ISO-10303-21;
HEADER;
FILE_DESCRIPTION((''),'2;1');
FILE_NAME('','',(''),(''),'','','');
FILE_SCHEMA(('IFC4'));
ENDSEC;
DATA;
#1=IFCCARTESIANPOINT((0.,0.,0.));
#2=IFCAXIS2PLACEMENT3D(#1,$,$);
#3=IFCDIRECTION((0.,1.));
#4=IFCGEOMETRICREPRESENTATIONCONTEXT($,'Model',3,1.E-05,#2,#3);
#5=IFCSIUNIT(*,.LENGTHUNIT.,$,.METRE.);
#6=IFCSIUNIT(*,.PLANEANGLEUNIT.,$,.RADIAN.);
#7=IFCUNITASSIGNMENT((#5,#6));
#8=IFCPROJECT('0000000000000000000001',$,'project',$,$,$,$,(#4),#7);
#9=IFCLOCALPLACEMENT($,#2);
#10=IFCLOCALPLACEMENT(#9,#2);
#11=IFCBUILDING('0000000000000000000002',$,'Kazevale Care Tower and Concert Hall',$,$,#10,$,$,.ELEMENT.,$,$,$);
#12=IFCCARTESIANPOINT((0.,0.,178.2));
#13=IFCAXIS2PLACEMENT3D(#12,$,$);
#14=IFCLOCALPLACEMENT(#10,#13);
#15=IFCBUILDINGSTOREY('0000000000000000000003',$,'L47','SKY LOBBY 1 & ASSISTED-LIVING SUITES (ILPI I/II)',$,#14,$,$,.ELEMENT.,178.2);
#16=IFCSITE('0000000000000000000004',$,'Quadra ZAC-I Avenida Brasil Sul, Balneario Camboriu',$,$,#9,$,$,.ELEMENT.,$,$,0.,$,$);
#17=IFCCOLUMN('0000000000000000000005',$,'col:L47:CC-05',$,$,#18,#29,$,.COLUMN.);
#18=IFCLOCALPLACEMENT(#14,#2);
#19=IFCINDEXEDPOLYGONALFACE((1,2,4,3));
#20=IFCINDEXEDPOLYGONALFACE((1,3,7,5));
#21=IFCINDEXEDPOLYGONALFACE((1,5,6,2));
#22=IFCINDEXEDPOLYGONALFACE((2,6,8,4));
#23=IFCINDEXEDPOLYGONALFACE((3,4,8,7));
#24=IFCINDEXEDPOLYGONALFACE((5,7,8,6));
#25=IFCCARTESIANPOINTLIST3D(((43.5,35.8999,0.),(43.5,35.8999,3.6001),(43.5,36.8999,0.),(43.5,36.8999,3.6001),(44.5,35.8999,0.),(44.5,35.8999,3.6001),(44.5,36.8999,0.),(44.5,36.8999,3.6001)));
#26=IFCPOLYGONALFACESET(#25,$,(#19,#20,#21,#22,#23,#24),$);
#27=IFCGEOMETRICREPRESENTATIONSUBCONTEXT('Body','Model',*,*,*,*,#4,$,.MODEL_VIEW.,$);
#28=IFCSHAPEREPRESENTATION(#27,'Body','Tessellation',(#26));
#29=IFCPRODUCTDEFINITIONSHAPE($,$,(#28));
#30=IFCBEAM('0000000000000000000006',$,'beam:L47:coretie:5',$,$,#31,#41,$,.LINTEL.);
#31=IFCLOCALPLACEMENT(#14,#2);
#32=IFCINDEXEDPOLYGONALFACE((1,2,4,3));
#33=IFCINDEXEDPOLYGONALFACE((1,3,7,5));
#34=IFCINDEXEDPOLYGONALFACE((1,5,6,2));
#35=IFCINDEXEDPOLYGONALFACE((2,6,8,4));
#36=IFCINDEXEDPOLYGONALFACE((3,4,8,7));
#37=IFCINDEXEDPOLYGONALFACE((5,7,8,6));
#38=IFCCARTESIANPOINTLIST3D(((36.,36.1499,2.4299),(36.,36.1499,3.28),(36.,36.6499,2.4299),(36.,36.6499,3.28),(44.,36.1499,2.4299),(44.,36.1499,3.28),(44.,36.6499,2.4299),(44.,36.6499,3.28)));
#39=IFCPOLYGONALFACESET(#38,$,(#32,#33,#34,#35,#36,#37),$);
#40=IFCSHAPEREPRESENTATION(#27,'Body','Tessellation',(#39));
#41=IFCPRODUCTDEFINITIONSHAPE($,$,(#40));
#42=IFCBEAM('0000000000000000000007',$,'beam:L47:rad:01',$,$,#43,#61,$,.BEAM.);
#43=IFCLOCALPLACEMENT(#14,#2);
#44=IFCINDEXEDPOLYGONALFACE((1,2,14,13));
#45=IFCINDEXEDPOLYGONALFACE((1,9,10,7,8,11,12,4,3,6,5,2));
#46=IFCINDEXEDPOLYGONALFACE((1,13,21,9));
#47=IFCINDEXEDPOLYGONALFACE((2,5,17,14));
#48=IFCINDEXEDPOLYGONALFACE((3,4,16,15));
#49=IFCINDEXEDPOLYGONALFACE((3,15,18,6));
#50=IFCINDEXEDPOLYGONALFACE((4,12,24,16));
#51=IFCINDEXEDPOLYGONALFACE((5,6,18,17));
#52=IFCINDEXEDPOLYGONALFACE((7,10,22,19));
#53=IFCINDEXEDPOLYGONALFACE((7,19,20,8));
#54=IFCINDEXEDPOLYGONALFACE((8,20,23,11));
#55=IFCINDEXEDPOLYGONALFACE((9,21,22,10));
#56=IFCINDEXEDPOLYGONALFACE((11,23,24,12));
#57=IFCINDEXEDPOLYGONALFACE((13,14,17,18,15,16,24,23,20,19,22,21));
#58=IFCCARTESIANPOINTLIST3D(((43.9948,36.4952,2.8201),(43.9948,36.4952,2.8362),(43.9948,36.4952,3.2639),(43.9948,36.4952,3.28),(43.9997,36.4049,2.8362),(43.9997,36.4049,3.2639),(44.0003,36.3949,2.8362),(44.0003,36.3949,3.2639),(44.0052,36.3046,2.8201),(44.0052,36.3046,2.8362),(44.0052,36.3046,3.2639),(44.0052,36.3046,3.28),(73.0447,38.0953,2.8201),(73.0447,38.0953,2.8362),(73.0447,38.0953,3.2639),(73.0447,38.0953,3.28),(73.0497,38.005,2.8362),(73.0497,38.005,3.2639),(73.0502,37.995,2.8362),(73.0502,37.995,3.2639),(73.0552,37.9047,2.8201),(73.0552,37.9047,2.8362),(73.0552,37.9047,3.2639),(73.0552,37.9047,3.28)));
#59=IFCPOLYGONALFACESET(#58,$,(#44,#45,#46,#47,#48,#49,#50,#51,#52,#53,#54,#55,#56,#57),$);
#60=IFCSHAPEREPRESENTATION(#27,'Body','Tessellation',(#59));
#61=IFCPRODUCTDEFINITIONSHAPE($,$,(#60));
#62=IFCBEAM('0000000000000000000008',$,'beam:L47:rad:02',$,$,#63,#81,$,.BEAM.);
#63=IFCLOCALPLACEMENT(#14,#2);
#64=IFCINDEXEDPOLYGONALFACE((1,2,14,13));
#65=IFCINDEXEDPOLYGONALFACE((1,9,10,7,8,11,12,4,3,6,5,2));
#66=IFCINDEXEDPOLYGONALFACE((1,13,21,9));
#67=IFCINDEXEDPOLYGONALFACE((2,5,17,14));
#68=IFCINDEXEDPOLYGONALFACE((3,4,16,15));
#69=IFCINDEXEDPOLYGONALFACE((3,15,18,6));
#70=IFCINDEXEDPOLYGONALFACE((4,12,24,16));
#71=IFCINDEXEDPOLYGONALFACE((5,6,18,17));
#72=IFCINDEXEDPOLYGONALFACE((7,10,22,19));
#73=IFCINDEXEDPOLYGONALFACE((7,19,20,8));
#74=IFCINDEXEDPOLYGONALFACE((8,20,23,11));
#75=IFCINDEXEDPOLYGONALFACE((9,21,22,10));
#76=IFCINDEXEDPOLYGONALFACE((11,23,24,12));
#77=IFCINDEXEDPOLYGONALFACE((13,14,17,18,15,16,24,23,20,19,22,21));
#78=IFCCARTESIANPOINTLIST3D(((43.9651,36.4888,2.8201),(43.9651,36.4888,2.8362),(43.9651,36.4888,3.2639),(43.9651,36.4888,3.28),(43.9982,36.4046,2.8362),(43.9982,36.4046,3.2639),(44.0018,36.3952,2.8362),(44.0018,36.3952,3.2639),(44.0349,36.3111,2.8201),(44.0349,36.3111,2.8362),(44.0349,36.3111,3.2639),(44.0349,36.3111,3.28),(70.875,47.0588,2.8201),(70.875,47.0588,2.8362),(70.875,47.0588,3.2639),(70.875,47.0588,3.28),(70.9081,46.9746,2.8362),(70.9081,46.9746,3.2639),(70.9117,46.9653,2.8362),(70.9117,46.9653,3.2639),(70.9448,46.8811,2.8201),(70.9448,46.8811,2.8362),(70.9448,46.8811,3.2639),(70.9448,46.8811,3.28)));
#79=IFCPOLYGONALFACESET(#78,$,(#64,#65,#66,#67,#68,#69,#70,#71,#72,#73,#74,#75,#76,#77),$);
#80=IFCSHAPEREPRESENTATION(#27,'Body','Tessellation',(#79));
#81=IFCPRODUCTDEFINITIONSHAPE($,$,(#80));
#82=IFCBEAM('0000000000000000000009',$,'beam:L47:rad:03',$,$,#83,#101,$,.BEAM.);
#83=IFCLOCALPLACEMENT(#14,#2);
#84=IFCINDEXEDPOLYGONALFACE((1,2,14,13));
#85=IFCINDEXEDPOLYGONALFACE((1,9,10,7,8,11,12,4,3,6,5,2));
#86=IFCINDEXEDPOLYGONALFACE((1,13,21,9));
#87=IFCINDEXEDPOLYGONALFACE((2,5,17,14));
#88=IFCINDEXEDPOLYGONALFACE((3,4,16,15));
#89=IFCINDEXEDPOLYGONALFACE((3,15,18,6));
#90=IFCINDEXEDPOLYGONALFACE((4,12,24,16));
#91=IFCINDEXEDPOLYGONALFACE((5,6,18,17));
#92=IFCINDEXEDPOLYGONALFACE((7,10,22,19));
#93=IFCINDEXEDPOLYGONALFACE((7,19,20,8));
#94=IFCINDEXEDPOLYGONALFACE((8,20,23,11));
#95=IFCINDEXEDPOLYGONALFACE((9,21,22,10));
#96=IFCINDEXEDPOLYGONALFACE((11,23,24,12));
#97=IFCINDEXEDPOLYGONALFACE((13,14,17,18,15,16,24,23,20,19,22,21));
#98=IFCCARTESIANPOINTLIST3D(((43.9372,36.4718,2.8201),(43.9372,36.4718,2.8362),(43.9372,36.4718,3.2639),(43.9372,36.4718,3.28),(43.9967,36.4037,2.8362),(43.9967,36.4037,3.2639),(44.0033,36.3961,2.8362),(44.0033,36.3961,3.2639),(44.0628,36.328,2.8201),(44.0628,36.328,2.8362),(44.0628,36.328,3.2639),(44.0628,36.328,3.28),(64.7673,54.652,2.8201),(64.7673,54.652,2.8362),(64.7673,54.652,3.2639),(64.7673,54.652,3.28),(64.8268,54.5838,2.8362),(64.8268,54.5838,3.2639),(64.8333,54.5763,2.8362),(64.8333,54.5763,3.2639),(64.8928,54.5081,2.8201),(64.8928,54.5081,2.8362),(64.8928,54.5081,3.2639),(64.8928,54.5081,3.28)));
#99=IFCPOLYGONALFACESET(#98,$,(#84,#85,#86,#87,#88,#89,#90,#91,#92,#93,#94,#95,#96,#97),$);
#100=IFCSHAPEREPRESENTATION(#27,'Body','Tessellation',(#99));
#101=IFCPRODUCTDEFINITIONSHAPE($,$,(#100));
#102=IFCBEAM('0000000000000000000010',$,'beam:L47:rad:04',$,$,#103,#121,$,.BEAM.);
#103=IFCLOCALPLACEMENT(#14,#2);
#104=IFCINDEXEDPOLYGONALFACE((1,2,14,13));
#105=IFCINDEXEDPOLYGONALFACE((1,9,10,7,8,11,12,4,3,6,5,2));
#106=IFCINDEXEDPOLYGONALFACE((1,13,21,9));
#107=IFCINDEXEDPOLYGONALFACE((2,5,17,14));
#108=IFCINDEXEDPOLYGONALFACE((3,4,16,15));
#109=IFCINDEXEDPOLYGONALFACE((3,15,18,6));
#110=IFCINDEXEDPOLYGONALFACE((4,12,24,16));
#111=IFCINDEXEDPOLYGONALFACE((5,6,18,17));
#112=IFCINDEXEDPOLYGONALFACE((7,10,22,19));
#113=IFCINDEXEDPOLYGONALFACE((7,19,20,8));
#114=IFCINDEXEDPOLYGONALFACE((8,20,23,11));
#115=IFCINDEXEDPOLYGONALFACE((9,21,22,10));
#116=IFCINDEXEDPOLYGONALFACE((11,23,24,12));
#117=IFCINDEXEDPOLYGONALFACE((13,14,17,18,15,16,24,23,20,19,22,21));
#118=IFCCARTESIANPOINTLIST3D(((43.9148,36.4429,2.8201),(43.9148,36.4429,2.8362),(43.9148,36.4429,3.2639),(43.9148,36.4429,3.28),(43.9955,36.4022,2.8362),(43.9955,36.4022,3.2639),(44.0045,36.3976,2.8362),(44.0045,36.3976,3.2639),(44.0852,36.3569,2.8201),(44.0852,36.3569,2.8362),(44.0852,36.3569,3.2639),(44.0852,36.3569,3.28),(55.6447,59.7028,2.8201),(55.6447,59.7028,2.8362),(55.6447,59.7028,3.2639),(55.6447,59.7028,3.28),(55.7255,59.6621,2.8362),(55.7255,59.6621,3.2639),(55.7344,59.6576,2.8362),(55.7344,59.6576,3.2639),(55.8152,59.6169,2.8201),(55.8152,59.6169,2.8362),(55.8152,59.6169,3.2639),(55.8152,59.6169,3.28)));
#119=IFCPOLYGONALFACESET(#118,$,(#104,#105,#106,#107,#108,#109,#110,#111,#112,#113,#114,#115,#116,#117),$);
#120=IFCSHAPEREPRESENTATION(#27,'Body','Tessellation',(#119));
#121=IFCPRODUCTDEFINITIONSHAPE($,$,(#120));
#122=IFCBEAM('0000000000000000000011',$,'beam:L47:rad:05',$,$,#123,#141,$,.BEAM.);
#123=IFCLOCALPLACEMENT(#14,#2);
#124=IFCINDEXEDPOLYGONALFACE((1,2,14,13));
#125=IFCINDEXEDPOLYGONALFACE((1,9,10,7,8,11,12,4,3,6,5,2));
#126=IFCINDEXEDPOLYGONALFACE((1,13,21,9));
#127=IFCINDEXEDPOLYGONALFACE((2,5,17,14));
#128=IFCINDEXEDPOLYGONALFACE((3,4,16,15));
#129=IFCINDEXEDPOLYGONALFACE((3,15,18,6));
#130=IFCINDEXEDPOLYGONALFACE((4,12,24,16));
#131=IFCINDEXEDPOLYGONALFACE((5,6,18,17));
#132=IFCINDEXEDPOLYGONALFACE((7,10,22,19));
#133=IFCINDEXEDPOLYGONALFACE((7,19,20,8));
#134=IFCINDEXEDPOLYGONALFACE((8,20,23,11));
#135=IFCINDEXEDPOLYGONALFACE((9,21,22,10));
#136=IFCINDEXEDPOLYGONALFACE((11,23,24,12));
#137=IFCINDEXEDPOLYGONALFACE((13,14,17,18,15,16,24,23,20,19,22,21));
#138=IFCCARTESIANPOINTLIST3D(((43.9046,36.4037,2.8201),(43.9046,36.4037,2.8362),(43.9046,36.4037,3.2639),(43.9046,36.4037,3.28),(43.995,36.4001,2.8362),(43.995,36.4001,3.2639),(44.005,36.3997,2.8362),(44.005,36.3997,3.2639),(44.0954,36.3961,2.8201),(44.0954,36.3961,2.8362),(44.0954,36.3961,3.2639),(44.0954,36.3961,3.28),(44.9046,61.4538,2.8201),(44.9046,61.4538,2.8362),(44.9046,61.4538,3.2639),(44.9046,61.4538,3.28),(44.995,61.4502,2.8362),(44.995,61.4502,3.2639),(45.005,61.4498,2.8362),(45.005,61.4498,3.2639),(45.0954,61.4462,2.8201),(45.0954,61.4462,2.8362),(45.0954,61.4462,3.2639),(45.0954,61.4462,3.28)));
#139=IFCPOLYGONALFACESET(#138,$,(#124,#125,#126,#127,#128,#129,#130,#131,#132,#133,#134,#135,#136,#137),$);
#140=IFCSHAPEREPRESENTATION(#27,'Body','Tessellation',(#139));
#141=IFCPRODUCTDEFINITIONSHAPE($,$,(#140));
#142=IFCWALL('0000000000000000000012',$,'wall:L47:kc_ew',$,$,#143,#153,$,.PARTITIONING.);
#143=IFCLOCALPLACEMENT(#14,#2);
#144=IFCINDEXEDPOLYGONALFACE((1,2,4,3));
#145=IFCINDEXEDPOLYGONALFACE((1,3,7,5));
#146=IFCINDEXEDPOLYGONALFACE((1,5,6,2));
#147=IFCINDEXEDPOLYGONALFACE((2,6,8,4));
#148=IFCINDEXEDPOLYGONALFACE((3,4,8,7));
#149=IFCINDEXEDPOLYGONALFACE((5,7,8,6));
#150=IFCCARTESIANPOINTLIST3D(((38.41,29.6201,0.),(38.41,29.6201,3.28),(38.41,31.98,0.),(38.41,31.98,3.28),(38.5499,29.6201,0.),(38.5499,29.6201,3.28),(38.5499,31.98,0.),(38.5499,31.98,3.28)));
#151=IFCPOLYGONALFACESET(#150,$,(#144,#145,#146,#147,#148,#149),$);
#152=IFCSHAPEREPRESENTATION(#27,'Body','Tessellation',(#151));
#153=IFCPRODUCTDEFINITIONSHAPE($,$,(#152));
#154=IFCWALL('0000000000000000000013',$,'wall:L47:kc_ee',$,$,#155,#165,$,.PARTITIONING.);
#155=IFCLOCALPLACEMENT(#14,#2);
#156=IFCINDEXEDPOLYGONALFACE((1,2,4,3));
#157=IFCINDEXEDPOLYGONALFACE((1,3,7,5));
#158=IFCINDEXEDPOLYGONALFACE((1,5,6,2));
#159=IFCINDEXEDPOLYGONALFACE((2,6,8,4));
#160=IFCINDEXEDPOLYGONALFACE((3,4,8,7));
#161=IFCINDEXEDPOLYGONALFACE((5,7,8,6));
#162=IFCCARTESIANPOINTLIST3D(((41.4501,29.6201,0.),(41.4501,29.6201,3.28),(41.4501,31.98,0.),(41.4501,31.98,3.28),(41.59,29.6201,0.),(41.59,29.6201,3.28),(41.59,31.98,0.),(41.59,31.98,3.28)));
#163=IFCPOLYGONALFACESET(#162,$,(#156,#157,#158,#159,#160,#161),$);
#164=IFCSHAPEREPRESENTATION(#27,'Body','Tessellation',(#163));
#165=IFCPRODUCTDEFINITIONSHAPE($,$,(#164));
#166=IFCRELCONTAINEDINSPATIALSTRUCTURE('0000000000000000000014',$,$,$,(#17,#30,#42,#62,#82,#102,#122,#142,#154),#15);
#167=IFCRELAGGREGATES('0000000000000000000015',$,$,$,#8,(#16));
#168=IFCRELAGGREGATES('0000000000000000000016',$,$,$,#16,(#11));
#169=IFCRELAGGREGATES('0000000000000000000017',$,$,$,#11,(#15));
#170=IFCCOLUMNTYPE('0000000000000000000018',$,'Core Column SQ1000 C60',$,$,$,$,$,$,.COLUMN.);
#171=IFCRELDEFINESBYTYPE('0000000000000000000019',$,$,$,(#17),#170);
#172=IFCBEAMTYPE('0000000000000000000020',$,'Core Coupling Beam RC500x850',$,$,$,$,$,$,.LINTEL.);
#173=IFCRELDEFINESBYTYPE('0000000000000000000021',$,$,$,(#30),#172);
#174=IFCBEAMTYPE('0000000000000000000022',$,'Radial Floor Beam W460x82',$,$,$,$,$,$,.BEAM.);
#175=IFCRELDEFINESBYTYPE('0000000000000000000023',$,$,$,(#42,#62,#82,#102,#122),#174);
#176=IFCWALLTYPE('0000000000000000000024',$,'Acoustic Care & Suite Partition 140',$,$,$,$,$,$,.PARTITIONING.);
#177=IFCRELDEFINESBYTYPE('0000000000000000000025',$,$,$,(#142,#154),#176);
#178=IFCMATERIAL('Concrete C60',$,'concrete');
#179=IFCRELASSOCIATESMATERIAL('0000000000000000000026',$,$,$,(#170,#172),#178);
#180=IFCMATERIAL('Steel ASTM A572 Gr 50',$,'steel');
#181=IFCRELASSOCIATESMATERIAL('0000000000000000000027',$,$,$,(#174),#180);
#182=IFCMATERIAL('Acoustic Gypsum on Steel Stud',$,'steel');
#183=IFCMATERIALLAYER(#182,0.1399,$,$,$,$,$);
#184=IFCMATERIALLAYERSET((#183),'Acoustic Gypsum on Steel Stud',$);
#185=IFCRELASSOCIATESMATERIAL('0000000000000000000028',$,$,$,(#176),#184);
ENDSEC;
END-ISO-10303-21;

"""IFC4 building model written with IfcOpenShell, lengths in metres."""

from ifc_helpers import new_model, si_unit, direction, frame, frame_2d, origin, origin_2d, place, context, subcontext, project, spatial, rectangle, i_section, extrude, material, layer, layer_set, material_profile, profile_set, type_object, element, save


model = new_model("IFC4")

# Units and contexts
model_context = context("Model", 3, precision=1e-05, world=origin(), true_north=direction((0.0, 1.0)))
body_context = subcontext(model_context, "Body", "Model", "MODEL_VIEW")
ifc_project = project(units=[si_unit("LENGTHUNIT", "METRE"), si_unit("PLANEANGLEUNIT", "RADIAN")], contexts=[model_context])

# Site, building, storey
site_placement = place(None, origin())
site = spatial("IfcSite", under=ifc_project, at=site_placement, Name="Quadra ZAC-I Avenida Brasil Sul, Balneario Camboriu", CompositionType="ELEMENT", RefElevation=0.0)
building_placement = place(site_placement, origin())
building = spatial("IfcBuilding", under=site, at=building_placement, Name="Kazevale Care Tower and Concert Hall", CompositionType="ELEMENT")
storey_placement = place(building_placement, frame((0.0, 0.0, 178.2)))
storey = spatial("IfcBuildingStorey", under=building, at=storey_placement, Name="L47", Description="SKY LOBBY 1 & ASSISTED-LIVING SUITES (ILPI I/II)", CompositionType="ELEMENT", Elevation=178.2)

# Column
ifc_material_1 = material(Name="Concrete C60", Category="concrete")
ifc_material_profile_1 = material_profile(ifc_material_1, rectangle(XDim=1.0, YDim=1.0, at=origin_2d()), Name="RC-SQ1000")
ifc_profile_set_1 = profile_set([ifc_material_profile_1], Name="Concrete C60")
column_type = type_object("IfcColumnType", Name="Core Column SQ1000 C60", PredefinedType="COLUMN", material=ifc_profile_set_1)
column_placement = place(storey_placement, frame((44.0, 36.3999, 0.0), z_axis=(0.0, 0.0, 1.0), x_axis=(1.0, 0.0, 0.0)))
element("IfcColumn", 1, at=column_placement, inside=storey, type_object=column_type, Name="col:L47:CC-05", PredefinedType="COLUMN", context=body_context, shape_type="SweptSolid", body=[
    extrude(rectangle(XDim=1.0, YDim=1.0, at=origin_2d()), origin(), (0.0, 0.0, 1.0), 3.6001),
])

# Beams
ifc_material_profile_2 = material_profile(ifc_material_1, rectangle(XDim=0.5, YDim=0.8501, at=origin_2d()), Name="RC-B500x850")
ifc_profile_set_2 = profile_set([ifc_material_profile_2], Name="Concrete C60")
beam_type_1 = type_object("IfcBeamType", Name="Core Coupling Beam RC500x850", PredefinedType="LINTEL", material=ifc_profile_set_2)
beam_1_placement = place(storey_placement, frame((44.0, 36.3999, 2.855), z_axis=(-1.0, 0.0, 0.0), x_axis=(0.0, -1.0, 0.0)))
element("IfcBeam", 2, at=beam_1_placement, inside=storey, type_object=beam_type_1, Name="beam:L47:coretie:5", PredefinedType="LINTEL", context=body_context, shape_type="SweptSolid", body=[
    extrude(rectangle(XDim=0.5, YDim=0.8501, at=origin_2d()), origin(), (0.0, 0.0, 1.0), 8.0),
])
ifc_material_2 = material(Name="Steel ASTM A572 Gr 50", Category="steel")
ifc_material_profile_3 = material_profile(ifc_material_2, i_section(OverallWidth=0.1909, OverallDepth=0.46, WebThickness=0.01, FlangeThickness=0.0161, at=origin_2d()), Name="W460x82")
ifc_profile_set_3 = profile_set([ifc_material_profile_3], Name="Steel ASTM A572 Gr 50")
beam_type_2 = type_object("IfcBeamType", Name="Radial Floor Beam W460x82", PredefinedType="BEAM", material=ifc_profile_set_3)
beam_2_placement = place(storey_placement, frame((44.0, 36.3999, 3.05), z_axis=(0.998487, 0.054997, 0.0), x_axis=(-0.054997, 0.998487, 0.0)))
element("IfcBeam", 3, at=beam_2_placement, inside=storey, type_object=beam_type_2, Name="beam:L47:rad:01", PredefinedType="BEAM", context=body_context, shape_type="SweptSolid", body=[
    extrude(i_section(OverallWidth=0.1909, OverallDepth=0.46, WebThickness=0.01, FlangeThickness=0.0161, at=origin_2d()), origin(), (0.0, 0.0, 1.0), 29.094),
])
beam_3_placement = place(storey_placement, frame((44.0, 36.3999, 3.05), z_axis=(0.930771, 0.365602, 0.0), x_axis=(-0.365602, 0.930771, 0.0)))
element("IfcBeam", 4, at=beam_3_placement, inside=storey, type_object=beam_type_2, Name="beam:L47:rad:02", PredefinedType="BEAM", context=body_context, shape_type="SweptSolid", body=[
    extrude(i_section(OverallWidth=0.1909, OverallDepth=0.46, WebThickness=0.01, FlangeThickness=0.0161, at=origin_2d()), origin(), (0.0, 0.0, 1.0), 28.9114),
])
beam_4_placement = place(storey_placement, frame((44.0, 36.3999, 3.05), z_axis=(0.753403, 0.657559, 0.0), x_axis=(-0.657559, 0.753403, 0.0)))
element("IfcBeam", 5, at=beam_4_placement, inside=storey, type_object=beam_type_2, Name="beam:L47:rad:03", PredefinedType="BEAM", context=body_context, shape_type="SweptSolid", body=[
    extrude(i_section(OverallWidth=0.1909, OverallDepth=0.46, WebThickness=0.01, FlangeThickness=0.0161, at=origin_2d()), origin(), (0.0, 0.0, 1.0), 27.6479),
])
beam_5_placement = place(storey_placement, frame((44.0, 36.3999, 3.05), z_axis=(0.450281, 0.892887, 0.0), x_axis=(-0.892887, 0.450281, 0.0)))
element("IfcBeam", 6, at=beam_5_placement, inside=storey, type_object=beam_type_2, Name="beam:L47:rad:04", PredefinedType="BEAM", context=body_context, shape_type="SweptSolid", body=[
    extrude(i_section(OverallWidth=0.1909, OverallDepth=0.46, WebThickness=0.01, FlangeThickness=0.0161, at=origin_2d()), origin(), (0.0, 0.0, 1.0), 26.0503),
])
beam_6_placement = place(storey_placement, frame((44.0, 36.3999, 3.05), z_axis=(0.039888, 0.999204, 0.0), x_axis=(-0.999204, 0.039888, 0.0)))
element("IfcBeam", 7, at=beam_6_placement, inside=storey, type_object=beam_type_2, Name="beam:L47:rad:05", PredefinedType="BEAM", context=body_context, shape_type="SweptSolid", body=[
    extrude(i_section(OverallWidth=0.1909, OverallDepth=0.46, WebThickness=0.01, FlangeThickness=0.0161, at=origin_2d()), origin(), (0.0, 0.0, 1.0), 25.0701),
])

# Walls
ifc_material_3 = material(Name="Acoustic Gypsum on Steel Stud", Category="steel")
ifc_layer_1 = layer(ifc_material_3, 0.1399)
ifc_layer_set_1 = layer_set([ifc_layer_1], Name="Acoustic Gypsum on Steel Stud")
wall_type_1 = type_object("IfcWallType", Name="Acoustic Care & Suite Partition 140", PredefinedType="PARTITIONING", material=ifc_layer_set_1)
for number, where, z_axis, x_axis, name in (
    (8, (38.48, 29.6201, 0.0), (0.0, 0.0, 1.0), (0.0, 1.0, 0.0), "wall:L47:kc_ew"),
    (9, (41.52, 29.6201, 0.0), (0.0, 0.0, 1.0), (0.0, 1.0, 0.0), "wall:L47:kc_ee"),
):
    element("IfcWall", number, at=place(storey_placement, frame(where, z_axis=z_axis, x_axis=x_axis)), inside=storey, type_object=wall_type_1, Name=name, PredefinedType="PARTITIONING", context=body_context, shape_type="SweptSolid", body=[
        extrude(rectangle(XDim=2.3599, YDim=0.1399, at=frame_2d((1.1799, 0.0))), origin(), (0.0, 0.0, 1.0), 3.28),
    ])

save(model, "model.ifc")
